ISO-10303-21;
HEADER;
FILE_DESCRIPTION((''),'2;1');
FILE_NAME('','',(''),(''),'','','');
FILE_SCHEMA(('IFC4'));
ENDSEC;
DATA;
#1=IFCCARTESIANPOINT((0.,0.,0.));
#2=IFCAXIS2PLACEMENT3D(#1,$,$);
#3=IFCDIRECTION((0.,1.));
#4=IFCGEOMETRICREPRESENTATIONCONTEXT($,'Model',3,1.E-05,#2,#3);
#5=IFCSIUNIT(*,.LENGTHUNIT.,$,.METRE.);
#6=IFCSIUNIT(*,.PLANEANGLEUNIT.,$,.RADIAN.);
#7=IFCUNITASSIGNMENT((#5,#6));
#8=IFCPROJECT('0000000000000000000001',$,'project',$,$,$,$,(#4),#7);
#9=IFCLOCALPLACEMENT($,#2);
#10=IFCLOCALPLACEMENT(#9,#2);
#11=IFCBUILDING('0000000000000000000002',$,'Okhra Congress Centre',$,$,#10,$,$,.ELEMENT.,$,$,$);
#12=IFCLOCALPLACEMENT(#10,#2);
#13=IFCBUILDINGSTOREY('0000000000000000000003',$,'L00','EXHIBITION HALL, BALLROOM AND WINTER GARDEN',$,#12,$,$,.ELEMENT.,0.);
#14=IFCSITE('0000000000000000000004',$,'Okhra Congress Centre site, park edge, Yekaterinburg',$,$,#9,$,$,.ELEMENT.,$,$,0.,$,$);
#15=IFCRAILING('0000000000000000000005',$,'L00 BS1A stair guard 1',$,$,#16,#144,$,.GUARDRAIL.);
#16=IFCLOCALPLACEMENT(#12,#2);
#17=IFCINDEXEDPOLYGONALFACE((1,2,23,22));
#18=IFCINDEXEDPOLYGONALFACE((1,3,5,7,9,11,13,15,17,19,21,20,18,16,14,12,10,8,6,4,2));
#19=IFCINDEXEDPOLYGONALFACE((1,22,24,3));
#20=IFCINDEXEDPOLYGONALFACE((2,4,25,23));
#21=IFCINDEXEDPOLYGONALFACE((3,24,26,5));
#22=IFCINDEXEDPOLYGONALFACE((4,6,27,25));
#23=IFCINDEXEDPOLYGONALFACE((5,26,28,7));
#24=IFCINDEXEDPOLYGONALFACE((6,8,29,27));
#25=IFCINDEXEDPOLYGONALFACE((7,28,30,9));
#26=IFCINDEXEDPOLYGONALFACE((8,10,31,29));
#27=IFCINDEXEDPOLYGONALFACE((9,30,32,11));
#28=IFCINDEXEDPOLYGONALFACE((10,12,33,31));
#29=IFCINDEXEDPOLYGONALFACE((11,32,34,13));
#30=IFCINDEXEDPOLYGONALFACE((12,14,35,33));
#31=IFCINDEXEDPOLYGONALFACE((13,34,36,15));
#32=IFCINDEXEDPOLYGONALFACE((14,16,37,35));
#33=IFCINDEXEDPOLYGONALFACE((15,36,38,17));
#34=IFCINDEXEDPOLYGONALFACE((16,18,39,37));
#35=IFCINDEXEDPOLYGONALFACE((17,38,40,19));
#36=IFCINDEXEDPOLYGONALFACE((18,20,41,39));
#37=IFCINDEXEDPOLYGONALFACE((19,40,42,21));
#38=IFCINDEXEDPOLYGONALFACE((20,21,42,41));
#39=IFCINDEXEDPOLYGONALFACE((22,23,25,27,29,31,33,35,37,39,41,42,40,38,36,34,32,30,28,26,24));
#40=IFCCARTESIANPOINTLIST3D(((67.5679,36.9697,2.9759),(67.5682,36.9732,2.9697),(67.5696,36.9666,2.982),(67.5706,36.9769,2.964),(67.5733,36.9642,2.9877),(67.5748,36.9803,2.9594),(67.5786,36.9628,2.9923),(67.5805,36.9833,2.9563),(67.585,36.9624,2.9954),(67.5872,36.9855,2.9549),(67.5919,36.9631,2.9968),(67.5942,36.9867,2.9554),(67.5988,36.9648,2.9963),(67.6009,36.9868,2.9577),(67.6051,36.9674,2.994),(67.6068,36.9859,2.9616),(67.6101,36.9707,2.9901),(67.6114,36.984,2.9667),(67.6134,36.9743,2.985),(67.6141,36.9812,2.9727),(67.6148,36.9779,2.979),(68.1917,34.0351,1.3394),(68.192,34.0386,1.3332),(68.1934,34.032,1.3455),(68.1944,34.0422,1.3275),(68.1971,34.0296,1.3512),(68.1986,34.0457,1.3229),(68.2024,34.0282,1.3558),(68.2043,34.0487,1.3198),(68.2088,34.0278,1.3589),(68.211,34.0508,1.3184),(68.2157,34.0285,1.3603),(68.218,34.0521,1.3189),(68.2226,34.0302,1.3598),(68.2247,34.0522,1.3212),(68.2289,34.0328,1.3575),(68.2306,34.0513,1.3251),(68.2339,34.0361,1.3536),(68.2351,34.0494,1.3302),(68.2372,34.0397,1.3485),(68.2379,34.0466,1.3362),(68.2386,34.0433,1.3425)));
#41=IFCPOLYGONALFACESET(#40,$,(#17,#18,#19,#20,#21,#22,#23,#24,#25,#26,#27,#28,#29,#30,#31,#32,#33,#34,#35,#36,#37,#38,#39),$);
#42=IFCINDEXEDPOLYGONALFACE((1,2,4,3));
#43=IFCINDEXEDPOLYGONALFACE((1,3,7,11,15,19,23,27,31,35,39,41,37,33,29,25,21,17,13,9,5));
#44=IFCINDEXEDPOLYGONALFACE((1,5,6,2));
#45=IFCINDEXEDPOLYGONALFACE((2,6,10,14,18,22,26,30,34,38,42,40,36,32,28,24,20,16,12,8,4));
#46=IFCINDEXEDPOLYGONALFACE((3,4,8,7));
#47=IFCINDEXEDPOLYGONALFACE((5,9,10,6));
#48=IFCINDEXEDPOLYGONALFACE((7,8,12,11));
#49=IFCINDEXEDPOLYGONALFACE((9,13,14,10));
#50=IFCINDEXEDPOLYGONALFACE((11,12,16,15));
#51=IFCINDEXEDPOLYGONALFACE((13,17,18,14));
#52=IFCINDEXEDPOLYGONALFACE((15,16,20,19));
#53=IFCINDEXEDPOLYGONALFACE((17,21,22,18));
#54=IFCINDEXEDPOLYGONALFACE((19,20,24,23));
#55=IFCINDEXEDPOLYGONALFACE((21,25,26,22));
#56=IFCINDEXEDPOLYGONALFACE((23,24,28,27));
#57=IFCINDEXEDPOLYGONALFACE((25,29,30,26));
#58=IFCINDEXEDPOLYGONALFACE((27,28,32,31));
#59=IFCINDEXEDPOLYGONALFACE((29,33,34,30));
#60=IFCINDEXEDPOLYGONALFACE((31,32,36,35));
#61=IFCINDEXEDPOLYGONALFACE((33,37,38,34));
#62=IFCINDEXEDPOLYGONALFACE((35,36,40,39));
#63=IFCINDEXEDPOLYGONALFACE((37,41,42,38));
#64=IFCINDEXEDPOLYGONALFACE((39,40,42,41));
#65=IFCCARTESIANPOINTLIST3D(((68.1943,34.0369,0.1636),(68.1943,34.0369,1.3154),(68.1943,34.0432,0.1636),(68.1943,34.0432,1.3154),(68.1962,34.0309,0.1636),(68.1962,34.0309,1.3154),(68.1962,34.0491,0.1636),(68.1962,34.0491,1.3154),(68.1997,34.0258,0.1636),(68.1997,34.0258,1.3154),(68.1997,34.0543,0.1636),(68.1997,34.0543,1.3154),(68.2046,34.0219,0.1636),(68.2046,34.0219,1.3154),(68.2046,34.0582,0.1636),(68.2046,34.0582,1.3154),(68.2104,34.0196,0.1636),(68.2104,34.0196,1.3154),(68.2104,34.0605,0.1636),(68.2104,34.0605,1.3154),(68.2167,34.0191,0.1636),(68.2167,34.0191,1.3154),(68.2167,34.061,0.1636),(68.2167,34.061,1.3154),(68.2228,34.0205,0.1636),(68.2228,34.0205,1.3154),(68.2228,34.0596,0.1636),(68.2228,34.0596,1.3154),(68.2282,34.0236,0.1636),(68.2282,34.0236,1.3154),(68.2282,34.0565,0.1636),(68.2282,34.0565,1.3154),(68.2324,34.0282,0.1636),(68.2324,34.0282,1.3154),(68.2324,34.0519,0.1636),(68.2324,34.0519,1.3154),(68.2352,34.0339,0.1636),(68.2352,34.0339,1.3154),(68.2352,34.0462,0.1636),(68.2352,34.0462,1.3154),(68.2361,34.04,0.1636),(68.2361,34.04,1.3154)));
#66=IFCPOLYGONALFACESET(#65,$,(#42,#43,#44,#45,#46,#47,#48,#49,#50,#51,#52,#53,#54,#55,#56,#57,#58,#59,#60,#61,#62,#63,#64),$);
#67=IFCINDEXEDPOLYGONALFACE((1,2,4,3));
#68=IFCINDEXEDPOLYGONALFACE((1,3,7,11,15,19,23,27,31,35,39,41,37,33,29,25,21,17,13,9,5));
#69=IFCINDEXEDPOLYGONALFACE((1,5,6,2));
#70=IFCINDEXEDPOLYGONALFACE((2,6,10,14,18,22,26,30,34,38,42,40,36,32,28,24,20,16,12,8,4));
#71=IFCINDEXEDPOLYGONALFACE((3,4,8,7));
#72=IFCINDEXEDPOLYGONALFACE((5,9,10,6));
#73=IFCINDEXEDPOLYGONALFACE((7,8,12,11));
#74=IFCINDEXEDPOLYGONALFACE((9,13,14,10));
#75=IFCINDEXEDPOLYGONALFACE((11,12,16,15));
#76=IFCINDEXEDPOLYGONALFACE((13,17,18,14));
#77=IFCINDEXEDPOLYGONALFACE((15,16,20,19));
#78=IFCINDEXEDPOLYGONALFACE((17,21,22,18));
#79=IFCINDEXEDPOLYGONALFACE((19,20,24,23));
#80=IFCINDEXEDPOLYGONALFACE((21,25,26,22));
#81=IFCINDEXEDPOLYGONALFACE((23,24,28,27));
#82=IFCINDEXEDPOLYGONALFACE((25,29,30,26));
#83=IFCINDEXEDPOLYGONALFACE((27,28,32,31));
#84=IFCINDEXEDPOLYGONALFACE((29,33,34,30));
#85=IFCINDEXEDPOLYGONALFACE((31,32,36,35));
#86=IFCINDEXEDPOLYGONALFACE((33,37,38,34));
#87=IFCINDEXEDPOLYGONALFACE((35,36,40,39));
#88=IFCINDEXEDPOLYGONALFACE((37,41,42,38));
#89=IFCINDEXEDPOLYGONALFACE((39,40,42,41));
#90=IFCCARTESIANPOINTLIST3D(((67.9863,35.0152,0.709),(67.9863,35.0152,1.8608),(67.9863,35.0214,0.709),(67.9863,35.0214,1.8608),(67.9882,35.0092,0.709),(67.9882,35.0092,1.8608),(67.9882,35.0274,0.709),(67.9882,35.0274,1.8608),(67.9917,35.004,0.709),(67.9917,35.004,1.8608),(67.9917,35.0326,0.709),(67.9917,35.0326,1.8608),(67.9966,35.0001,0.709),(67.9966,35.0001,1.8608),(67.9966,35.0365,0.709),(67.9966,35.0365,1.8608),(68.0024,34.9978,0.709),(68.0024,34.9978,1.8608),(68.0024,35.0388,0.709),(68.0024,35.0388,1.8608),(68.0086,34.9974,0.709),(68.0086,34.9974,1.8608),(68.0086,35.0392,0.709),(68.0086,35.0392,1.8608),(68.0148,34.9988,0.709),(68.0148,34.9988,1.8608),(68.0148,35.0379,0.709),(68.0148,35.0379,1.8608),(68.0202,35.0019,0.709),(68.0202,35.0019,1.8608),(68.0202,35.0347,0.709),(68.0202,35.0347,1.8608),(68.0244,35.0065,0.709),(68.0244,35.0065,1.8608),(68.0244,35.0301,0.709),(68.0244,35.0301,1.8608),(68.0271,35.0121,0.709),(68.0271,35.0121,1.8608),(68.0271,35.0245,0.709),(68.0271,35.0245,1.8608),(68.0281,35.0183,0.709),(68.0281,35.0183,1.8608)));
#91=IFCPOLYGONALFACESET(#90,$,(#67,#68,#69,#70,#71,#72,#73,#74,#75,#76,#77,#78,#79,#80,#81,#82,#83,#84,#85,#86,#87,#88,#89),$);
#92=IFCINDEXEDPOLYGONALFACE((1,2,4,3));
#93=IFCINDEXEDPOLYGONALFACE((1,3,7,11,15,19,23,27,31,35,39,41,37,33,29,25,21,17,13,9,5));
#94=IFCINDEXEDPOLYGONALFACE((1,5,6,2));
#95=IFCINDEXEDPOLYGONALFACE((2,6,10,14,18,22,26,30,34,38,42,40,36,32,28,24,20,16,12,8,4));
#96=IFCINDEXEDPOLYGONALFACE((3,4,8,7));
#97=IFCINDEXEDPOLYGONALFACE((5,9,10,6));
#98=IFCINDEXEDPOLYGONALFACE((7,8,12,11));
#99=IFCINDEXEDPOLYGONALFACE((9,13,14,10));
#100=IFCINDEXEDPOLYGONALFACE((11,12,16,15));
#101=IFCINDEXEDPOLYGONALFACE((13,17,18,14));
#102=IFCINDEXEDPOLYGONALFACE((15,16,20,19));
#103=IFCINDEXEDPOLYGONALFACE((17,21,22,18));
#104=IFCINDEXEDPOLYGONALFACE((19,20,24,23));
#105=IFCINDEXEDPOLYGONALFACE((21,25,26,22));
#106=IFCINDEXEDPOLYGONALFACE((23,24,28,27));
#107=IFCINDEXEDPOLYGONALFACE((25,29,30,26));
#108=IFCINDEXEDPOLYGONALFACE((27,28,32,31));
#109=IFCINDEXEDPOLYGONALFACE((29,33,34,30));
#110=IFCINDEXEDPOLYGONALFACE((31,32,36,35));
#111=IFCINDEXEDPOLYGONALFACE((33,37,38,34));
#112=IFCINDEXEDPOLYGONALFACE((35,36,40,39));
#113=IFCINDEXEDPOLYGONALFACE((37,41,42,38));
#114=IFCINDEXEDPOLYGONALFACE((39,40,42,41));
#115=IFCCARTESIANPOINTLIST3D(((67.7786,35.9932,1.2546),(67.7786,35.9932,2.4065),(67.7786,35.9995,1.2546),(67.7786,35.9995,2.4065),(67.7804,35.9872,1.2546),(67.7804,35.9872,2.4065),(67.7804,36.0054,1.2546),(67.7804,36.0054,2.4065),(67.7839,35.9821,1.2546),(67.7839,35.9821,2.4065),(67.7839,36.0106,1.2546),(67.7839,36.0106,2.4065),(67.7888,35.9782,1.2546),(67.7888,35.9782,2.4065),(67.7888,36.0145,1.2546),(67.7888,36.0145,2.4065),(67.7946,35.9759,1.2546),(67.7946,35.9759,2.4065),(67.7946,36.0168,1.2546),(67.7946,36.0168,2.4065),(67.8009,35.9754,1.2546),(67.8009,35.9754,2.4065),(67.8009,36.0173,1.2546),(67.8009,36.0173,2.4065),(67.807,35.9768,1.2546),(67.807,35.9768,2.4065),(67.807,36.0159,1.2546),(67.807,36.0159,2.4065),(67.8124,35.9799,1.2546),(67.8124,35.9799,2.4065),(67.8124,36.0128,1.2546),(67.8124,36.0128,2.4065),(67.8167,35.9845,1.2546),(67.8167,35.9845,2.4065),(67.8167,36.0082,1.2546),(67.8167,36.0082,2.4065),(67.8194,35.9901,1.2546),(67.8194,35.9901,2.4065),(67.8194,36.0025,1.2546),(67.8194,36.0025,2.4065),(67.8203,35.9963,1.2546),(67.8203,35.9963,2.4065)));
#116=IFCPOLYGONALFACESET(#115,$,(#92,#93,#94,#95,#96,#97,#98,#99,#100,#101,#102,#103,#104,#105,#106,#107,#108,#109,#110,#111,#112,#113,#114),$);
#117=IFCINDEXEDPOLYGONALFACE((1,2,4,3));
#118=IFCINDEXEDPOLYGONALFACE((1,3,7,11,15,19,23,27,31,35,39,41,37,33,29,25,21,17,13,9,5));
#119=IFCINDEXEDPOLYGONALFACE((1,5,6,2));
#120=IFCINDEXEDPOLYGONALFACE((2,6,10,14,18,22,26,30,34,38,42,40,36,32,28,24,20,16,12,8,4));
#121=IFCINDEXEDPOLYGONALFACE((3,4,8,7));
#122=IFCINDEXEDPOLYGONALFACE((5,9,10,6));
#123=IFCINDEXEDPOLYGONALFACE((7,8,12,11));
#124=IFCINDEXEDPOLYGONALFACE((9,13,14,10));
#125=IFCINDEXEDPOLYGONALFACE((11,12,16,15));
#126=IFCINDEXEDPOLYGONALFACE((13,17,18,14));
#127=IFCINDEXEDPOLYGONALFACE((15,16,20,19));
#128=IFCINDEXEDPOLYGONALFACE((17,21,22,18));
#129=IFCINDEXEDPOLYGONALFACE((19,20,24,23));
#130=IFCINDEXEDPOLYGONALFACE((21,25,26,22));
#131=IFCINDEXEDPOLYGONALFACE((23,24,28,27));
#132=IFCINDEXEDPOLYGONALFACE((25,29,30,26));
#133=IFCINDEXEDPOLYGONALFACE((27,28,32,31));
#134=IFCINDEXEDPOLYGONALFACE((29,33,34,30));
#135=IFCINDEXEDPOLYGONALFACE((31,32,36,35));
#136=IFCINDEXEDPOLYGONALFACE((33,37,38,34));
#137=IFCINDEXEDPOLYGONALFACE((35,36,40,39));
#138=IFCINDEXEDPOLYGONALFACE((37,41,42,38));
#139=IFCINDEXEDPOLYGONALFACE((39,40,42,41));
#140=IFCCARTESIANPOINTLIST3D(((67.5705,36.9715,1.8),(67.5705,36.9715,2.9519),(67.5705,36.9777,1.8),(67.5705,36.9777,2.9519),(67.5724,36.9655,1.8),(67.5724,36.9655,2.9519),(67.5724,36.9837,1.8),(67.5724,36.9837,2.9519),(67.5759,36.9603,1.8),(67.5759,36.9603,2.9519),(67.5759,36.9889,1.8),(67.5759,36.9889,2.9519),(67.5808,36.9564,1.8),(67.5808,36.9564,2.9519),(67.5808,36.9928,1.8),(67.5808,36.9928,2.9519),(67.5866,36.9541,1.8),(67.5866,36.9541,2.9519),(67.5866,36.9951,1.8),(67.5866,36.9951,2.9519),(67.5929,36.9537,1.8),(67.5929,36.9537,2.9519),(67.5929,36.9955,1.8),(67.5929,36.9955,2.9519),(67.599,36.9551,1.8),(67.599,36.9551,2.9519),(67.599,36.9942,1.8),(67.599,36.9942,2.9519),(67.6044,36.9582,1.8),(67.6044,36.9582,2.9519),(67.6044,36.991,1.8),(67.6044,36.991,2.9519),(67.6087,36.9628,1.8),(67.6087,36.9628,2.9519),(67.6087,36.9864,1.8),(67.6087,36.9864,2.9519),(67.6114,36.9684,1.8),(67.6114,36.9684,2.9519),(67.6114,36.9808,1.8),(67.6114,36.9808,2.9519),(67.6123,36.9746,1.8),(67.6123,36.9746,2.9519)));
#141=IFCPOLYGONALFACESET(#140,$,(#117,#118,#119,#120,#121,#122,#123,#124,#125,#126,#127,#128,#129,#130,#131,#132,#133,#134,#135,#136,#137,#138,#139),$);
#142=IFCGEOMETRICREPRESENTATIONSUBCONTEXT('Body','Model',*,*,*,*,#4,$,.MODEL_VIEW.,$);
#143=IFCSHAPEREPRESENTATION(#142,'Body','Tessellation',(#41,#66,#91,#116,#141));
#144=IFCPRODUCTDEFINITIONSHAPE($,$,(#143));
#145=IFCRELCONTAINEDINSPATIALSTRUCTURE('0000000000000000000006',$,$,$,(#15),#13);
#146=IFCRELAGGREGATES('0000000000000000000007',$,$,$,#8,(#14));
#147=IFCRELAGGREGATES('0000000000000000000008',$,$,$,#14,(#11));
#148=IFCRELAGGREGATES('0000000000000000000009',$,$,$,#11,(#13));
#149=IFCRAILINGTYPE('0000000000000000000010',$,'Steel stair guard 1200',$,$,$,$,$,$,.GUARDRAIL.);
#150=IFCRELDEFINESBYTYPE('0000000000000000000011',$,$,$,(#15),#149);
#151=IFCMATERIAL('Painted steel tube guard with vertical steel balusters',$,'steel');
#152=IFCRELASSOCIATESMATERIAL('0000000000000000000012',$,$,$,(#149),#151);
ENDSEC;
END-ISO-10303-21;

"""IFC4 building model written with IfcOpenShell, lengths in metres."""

from ifc_helpers import new_model, si_unit, direction, frame, origin, origin_2d, place, context, subcontext, project, spatial, circle, extrude, material, type_object, element, save


model = new_model("IFC4")

# Units and contexts
model_context = context("Model", 3, precision=1e-05, world=origin(), true_north=direction((0.0, 1.0)))
body_context = subcontext(model_context, "Body", "Model", "MODEL_VIEW")
ifc_project = project(units=[si_unit("LENGTHUNIT", "METRE"), si_unit("PLANEANGLEUNIT", "RADIAN")], contexts=[model_context])

# Site, building, storey
site_placement = place(None, origin())
site = spatial("IfcSite", under=ifc_project, at=site_placement, Name="Okhra Congress Centre site, park edge, Yekaterinburg", CompositionType="ELEMENT", RefElevation=0.0)
building_placement = place(site_placement, origin())
building = spatial("IfcBuilding", under=site, at=building_placement, Name="Okhra Congress Centre", CompositionType="ELEMENT")
storey_placement = place(building_placement, origin())
storey = spatial("IfcBuildingStorey", under=building, at=storey_placement, Name="L00", Description="EXHIBITION HALL, BALLROOM AND WINTER GARDEN", CompositionType="ELEMENT", Elevation=0.0)

# Railing
ifc_material_1 = material(Name="Painted steel tube guard with vertical steel balusters", Category="steel")
railing_type_1 = type_object("IfcRailingType", Name="Steel stair guard 1200", PredefinedType="GUARDRAIL", material=ifc_material_1)
railing_1_placement = place(storey_placement, frame((68.2151, 34.04, 0.1636)))
element("IfcRailing", 1, at=railing_1_placement, inside=storey, type_object=railing_type_1, Name="L00 BS1A stair guard 1", PredefinedType="GUARDRAIL", context=body_context, shape_type="SweptSolid", body=[
    extrude(circle(Radius=0.0239, at=origin_2d()), frame((0.0, 0.0, 1.1758), z_axis=(-0.182529, 0.858706, 0.478861), x_axis=(-0.978146, -0.207917, 0.0)), (0.0, 0.0, 1.0), 3.4175),
    extrude(circle(Radius=0.021, at=origin_2d()), origin(), (0.0, 0.0, 1.0), 1.1519),
    extrude(circle(Radius=0.021, at=origin_2d()), frame((-0.208, 0.9783, 0.5454)), (0.0, 0.0, 1.0), 1.1519),
    extrude(circle(Radius=0.021, at=origin_2d()), frame((-0.4158, 1.9563, 1.0911)), (0.0, 0.0, 1.0), 1.1519),
    extrude(circle(Radius=0.021, at=origin_2d()), frame((-0.6238, 2.9346, 1.6365)), (0.0, 0.0, 1.0), 1.1519),
])

save(model, "model.ifc")
